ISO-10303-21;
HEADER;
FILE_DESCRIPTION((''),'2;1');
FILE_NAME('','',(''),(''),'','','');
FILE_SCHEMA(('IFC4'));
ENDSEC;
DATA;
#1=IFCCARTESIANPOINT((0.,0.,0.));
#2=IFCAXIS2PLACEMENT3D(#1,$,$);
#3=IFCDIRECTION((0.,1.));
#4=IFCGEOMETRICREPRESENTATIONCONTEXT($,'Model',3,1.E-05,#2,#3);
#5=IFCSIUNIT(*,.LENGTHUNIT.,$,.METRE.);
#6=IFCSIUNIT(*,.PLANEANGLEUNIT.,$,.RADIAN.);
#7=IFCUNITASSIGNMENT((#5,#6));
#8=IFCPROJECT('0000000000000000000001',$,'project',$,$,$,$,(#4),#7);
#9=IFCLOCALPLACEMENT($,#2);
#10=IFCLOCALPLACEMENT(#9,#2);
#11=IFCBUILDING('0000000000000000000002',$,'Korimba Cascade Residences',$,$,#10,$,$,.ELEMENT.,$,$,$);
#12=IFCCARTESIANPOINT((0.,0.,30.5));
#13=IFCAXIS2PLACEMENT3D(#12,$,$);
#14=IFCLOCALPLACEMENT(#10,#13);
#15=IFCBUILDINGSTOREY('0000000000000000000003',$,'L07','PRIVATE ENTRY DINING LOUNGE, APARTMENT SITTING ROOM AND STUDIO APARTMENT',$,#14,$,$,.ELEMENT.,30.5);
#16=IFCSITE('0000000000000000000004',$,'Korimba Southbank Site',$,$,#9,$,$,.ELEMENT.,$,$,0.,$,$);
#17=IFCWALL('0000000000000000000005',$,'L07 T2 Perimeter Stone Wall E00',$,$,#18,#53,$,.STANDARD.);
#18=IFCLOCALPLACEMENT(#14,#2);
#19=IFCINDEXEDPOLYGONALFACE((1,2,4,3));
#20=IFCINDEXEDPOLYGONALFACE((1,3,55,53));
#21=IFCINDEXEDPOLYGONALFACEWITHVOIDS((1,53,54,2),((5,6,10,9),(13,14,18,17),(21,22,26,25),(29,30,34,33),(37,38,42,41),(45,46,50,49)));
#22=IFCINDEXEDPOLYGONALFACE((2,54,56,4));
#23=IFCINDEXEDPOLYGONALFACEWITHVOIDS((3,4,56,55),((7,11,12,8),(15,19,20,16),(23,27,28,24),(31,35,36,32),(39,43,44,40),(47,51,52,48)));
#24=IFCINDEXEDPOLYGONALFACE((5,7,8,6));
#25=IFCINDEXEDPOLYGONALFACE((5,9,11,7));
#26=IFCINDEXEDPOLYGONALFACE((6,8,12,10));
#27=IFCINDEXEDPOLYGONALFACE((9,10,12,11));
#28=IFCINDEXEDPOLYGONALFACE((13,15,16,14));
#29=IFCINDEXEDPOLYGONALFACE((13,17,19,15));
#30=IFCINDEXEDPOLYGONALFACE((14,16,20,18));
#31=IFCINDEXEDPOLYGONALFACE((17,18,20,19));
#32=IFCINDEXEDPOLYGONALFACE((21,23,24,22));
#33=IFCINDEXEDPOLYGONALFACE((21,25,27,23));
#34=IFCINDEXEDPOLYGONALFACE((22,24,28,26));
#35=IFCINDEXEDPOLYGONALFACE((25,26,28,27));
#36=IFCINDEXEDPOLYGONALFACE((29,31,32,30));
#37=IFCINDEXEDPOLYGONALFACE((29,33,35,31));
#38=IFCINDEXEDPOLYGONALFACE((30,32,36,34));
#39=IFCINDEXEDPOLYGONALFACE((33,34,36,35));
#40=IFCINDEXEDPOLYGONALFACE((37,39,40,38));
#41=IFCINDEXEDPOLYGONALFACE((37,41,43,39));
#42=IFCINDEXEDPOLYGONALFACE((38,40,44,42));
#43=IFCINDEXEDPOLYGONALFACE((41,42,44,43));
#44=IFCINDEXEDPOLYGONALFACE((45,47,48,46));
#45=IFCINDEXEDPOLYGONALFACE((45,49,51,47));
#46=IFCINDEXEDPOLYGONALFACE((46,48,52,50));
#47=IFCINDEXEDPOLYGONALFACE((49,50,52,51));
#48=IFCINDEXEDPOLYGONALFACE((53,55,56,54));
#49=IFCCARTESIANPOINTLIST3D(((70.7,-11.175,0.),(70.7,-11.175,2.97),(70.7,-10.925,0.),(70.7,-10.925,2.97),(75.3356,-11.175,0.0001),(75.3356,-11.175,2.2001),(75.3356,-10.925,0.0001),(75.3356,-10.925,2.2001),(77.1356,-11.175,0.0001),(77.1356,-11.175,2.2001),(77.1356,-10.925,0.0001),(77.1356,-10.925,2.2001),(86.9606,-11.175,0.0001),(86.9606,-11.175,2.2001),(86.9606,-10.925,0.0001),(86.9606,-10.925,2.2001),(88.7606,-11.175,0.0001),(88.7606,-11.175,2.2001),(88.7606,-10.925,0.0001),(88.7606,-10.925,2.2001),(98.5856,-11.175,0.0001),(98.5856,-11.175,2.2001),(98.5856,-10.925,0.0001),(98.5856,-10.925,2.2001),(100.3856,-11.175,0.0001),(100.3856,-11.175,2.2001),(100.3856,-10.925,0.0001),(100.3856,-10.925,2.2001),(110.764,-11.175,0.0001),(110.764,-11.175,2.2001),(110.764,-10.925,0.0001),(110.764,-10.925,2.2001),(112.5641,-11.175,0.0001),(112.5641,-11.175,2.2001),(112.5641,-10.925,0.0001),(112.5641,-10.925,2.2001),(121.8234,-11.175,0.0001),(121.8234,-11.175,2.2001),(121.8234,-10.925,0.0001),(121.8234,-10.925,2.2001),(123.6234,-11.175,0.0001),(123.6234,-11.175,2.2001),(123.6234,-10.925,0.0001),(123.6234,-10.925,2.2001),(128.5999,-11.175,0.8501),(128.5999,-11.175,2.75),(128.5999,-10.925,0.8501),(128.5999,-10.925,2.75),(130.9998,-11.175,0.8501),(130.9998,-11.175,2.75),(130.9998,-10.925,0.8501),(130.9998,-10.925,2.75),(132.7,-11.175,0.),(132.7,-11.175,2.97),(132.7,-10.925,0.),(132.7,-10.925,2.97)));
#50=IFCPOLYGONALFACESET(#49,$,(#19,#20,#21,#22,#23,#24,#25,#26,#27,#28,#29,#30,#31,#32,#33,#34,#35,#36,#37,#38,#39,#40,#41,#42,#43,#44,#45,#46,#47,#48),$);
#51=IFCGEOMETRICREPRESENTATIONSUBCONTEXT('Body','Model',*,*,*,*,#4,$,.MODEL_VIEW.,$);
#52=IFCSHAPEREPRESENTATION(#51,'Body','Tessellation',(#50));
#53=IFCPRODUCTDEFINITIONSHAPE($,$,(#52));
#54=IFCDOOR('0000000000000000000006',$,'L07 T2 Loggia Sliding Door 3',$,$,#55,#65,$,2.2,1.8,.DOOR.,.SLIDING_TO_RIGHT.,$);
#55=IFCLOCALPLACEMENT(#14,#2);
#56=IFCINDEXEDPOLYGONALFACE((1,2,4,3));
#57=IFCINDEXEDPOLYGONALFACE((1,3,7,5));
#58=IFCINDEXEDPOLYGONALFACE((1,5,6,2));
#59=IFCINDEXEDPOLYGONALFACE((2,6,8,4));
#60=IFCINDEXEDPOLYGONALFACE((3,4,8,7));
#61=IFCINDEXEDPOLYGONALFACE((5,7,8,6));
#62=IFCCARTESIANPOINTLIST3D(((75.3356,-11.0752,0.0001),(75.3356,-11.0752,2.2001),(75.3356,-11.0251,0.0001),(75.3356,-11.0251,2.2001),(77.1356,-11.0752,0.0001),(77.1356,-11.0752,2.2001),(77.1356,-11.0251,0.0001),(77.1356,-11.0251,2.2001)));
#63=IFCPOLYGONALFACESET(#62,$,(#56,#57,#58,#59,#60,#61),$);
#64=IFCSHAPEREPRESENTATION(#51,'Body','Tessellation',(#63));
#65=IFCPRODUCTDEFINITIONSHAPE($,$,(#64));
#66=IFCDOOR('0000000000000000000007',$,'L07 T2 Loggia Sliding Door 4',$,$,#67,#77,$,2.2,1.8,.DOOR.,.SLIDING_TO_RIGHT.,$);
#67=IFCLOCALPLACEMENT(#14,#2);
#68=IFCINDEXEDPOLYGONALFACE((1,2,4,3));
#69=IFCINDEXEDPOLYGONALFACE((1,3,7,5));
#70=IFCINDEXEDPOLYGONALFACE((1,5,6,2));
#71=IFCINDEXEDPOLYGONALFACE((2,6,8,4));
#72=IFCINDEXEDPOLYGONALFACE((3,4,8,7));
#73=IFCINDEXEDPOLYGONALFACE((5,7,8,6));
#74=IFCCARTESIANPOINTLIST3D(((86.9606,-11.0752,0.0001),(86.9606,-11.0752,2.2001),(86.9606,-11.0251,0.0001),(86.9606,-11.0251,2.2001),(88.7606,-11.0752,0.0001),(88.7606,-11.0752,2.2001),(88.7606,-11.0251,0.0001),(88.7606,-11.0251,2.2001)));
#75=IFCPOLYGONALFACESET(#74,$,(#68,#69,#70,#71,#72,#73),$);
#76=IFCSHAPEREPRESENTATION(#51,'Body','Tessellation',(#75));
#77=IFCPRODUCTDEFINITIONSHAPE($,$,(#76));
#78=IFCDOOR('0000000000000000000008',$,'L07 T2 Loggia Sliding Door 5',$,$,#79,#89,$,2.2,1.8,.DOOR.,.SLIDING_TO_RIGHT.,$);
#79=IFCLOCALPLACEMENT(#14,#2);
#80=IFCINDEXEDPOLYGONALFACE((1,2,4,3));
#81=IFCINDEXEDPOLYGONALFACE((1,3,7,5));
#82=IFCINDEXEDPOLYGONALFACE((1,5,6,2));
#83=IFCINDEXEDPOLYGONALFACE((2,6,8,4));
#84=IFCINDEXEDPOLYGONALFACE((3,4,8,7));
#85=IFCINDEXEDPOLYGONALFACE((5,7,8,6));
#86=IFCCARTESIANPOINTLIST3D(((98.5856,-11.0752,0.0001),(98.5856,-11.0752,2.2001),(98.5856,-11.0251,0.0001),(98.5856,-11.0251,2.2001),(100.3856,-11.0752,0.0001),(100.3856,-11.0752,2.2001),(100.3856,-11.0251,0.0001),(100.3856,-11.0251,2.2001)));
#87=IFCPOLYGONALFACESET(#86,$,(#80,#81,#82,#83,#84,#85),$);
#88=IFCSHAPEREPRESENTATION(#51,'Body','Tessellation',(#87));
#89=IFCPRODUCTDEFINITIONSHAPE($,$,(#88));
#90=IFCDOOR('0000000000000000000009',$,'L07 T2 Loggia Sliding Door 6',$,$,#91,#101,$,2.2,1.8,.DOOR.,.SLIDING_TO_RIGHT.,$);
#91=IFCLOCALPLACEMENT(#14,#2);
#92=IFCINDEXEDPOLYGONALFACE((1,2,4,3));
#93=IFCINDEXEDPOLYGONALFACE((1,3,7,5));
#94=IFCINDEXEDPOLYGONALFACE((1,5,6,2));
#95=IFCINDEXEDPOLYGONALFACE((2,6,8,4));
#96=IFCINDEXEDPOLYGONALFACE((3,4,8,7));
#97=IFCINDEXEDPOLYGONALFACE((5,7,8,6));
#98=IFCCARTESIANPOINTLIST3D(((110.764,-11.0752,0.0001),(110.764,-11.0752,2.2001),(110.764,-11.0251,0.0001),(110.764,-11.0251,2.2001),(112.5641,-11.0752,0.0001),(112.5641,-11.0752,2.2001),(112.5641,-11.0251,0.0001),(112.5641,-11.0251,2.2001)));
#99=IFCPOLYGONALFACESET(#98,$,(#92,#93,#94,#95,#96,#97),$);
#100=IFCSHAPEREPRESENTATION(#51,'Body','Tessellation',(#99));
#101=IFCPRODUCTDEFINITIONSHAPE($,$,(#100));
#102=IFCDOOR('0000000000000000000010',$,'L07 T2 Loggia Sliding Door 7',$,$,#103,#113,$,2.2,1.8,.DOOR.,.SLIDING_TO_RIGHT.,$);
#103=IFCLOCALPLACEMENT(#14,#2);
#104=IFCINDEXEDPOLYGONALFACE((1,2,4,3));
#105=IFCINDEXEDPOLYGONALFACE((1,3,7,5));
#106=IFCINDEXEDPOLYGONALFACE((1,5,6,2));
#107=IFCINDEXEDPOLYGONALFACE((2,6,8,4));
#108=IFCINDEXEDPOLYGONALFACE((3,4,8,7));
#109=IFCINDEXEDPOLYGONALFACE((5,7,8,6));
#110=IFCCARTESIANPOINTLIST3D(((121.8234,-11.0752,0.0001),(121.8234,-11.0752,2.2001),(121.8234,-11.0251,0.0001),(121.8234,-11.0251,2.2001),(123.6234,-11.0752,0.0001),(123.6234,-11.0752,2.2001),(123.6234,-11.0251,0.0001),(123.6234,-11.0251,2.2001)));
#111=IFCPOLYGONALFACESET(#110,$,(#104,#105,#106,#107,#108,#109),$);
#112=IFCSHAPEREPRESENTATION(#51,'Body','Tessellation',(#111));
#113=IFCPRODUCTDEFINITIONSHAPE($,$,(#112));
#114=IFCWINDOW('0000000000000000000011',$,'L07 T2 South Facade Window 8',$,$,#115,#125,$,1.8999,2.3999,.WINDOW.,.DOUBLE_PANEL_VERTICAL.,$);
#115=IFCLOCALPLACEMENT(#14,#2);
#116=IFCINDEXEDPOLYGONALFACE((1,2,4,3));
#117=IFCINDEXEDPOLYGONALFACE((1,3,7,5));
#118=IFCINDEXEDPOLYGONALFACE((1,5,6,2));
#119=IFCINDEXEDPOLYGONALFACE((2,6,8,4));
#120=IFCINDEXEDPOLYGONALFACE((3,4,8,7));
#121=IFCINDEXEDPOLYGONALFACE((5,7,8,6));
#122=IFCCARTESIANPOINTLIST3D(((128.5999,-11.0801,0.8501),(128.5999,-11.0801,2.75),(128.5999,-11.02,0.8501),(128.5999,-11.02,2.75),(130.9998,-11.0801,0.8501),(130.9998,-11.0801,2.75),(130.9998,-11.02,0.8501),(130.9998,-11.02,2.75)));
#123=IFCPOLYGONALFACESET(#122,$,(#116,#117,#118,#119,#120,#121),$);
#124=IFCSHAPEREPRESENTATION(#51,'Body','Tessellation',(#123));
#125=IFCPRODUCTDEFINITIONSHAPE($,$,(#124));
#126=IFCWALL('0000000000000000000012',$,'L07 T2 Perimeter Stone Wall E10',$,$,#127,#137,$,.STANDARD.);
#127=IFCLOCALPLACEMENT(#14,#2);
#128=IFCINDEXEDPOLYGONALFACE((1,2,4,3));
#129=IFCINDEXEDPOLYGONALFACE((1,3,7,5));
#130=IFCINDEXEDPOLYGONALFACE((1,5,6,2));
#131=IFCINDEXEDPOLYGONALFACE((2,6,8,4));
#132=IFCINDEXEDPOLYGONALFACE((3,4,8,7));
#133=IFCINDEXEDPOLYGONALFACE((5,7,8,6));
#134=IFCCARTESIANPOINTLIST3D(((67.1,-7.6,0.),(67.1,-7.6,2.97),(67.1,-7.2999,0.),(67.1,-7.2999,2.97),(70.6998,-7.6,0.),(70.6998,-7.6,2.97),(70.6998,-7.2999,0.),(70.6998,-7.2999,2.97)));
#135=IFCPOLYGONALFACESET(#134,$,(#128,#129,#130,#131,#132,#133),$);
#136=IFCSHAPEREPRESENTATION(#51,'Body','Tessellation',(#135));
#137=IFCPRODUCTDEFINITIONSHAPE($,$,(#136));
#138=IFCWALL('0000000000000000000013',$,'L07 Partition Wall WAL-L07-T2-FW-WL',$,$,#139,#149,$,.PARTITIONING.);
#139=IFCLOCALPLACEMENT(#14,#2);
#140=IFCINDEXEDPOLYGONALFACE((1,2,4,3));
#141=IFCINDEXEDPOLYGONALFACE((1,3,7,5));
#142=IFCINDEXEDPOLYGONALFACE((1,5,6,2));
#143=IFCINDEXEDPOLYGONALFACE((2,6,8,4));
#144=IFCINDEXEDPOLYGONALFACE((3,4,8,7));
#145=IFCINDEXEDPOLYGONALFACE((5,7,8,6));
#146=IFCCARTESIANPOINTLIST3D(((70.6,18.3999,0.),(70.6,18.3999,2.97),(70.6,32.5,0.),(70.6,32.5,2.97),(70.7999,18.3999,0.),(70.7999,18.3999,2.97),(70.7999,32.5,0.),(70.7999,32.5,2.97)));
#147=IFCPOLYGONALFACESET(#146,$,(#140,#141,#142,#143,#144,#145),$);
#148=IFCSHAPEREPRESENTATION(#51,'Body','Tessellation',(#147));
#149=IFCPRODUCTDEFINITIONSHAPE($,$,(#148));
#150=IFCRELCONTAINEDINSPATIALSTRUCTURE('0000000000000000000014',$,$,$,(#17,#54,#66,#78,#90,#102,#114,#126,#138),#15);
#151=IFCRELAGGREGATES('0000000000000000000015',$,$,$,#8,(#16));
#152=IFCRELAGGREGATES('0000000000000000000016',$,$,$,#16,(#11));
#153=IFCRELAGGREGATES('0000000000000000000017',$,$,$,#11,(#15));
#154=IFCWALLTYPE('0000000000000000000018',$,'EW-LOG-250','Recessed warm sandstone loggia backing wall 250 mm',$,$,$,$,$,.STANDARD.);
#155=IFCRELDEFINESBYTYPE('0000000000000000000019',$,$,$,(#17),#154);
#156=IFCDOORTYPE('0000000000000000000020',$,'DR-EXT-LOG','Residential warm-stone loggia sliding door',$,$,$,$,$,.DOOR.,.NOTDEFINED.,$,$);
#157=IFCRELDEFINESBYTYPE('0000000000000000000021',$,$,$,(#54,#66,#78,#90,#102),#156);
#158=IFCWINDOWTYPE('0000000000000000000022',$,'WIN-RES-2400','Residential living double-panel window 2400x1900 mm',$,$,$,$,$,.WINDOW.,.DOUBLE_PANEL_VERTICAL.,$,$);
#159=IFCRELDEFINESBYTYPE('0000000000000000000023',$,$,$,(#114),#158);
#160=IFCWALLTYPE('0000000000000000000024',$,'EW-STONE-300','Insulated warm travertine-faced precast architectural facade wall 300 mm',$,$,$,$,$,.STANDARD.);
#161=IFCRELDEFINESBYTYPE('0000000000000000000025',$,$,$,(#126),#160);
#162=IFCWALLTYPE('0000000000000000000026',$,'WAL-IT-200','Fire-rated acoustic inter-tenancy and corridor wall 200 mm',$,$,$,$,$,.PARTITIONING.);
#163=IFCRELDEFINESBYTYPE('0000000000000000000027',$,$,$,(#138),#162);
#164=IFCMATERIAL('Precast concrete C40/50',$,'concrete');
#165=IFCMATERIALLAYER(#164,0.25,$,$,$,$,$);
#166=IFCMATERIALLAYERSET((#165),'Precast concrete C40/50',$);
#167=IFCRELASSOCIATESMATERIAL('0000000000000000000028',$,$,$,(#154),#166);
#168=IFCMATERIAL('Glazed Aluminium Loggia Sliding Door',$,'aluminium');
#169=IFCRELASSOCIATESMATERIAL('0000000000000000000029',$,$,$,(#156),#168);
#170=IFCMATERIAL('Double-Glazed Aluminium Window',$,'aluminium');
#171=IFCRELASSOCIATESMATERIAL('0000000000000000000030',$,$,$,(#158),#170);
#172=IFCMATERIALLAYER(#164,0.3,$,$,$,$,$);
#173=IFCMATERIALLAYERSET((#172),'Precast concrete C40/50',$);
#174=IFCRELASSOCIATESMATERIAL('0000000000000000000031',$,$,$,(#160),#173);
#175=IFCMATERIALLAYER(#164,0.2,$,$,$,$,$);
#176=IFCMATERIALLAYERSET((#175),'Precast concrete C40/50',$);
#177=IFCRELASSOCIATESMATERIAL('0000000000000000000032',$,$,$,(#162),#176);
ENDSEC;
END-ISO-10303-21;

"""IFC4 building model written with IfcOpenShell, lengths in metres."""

from ifc_helpers import new_model, si_unit, direction, frame, frame_2d, origin, place, context, subcontext, project, spatial, rectangle, extrude, material, layer, layer_set, type_object, element, fill, save


model = new_model("IFC4")

# Units and contexts
model_context = context("Model", 3, precision=1e-05, world=origin(), true_north=direction((0.0, 1.0)))
body_context = subcontext(model_context, "Body", "Model", "MODEL_VIEW")
ifc_project = project(units=[si_unit("LENGTHUNIT", "METRE"), si_unit("PLANEANGLEUNIT", "RADIAN")], contexts=[model_context])

# Site, building, storey
site_placement = place(None, origin())
site = spatial("IfcSite", under=ifc_project, at=site_placement, Name="Korimba Southbank Site", CompositionType="ELEMENT", RefElevation=0.0)
building_placement = place(site_placement, origin())
building = spatial("IfcBuilding", under=site, at=building_placement, Name="Korimba Cascade Residences", CompositionType="ELEMENT")
storey_placement = place(building_placement, frame((0.0, 0.0, 30.5)))
storey = spatial("IfcBuildingStorey", under=building, at=storey_placement, Name="L07", Description="PRIVATE ENTRY DINING LOUNGE, APARTMENT SITTING ROOM AND STUDIO APARTMENT", CompositionType="ELEMENT", Elevation=30.5)

# Wall, openings, doors, window
ifc_material_1 = material(Name="Precast concrete C40/50", Category="concrete")
ifc_layer_1 = layer(ifc_material_1, 0.25)
ifc_layer_set_1 = layer_set([ifc_layer_1], Name="Precast concrete C40/50")
wall_type_1 = type_object("IfcWallType", Name="EW-LOG-250", Description="Recessed warm sandstone loggia backing wall 250 mm", PredefinedType="STANDARD", material=ifc_layer_set_1)
wall_1_placement = place(storey_placement, frame((70.7, -11.05, 0.0), z_axis=(0.0, 0.0, 1.0), x_axis=(1.0, 0.0, 0.0)))
wall_1 = element("IfcWall", 1, at=wall_1_placement, inside=storey, type_object=wall_type_1, Name="L07 T2 Perimeter Stone Wall E00", PredefinedType="STANDARD", context=body_context, shape_type="SweptSolid", body=[
    extrude(rectangle(XDim=62.0, YDim=0.25, at=frame_2d((31.0, 0.0))), origin(), (0.0, 0.0, 1.0), 2.97),
])
opening_1_placement = place(wall_1_placement, frame((4.6357, 0.0, 0.0)))
opening_1 = element("IfcOpeningElement", 2, at=opening_1_placement, cuts=wall_1, PredefinedType="OPENING", context=body_context, shape_type="SweptSolid", body=[
    extrude(rectangle(XDim=1.8, YDim=2.2, at=frame_2d((0.8999, 1.1001))), frame((0.0, 0.135, 0.0), z_axis=(0.0, -1.0, 0.0), x_axis=(1.0, 0.0, 0.0)), (0.0, 0.0, 1.0), 0.27),
])
opening_2_placement = place(wall_1_placement, frame((16.2607, 0.0, 0.0)))
opening_2 = element("IfcOpeningElement", 3, at=opening_2_placement, cuts=wall_1, PredefinedType="OPENING", context=body_context, shape_type="SweptSolid", body=[
    extrude(rectangle(XDim=1.8, YDim=2.2, at=frame_2d((0.8999, 1.1001))), frame((0.0, 0.135, 0.0), z_axis=(0.0, -1.0, 0.0), x_axis=(1.0, 0.0, 0.0)), (0.0, 0.0, 1.0), 0.27),
])
opening_3_placement = place(wall_1_placement, frame((27.8857, 0.0, 0.0)))
opening_3 = element("IfcOpeningElement", 4, at=opening_3_placement, cuts=wall_1, PredefinedType="OPENING", context=body_context, shape_type="SweptSolid", body=[
    extrude(rectangle(XDim=1.8, YDim=2.2, at=frame_2d((0.8999, 1.1001))), frame((0.0, 0.135, 0.0), z_axis=(0.0, -1.0, 0.0), x_axis=(1.0, 0.0, 0.0)), (0.0, 0.0, 1.0), 0.27),
])
opening_4_placement = place(wall_1_placement, frame((40.0642, 0.0, 0.0)))
opening_4 = element("IfcOpeningElement", 5, at=opening_4_placement, cuts=wall_1, PredefinedType="OPENING", context=body_context, shape_type="SweptSolid", body=[
    extrude(rectangle(XDim=1.8, YDim=2.2, at=frame_2d((0.8999, 1.1001))), frame((0.0, 0.135, 0.0), z_axis=(0.0, -1.0, 0.0), x_axis=(1.0, 0.0, 0.0)), (0.0, 0.0, 1.0), 0.27),
])
opening_5_placement = place(wall_1_placement, frame((51.1235, 0.0, 0.0)))
opening_5 = element("IfcOpeningElement", 6, at=opening_5_placement, cuts=wall_1, PredefinedType="OPENING", context=body_context, shape_type="SweptSolid", body=[
    extrude(rectangle(XDim=1.8, YDim=2.2, at=frame_2d((0.8999, 1.1001))), frame((0.0, 0.135, 0.0), z_axis=(0.0, -1.0, 0.0), x_axis=(1.0, 0.0, 0.0)), (0.0, 0.0, 1.0), 0.27),
])
opening_6_placement = place(wall_1_placement, frame((57.8999, 0.0, 0.8501)))
opening_6 = element("IfcOpeningElement", 7, at=opening_6_placement, cuts=wall_1, PredefinedType="OPENING", context=body_context, shape_type="SweptSolid", body=[
    extrude(rectangle(XDim=2.3999, YDim=1.8999, at=frame_2d((1.2, 0.95))), frame((0.0, 0.135, 0.0), z_axis=(0.0, -1.0, 0.0), x_axis=(1.0, 0.0, 0.0)), (0.0, 0.0, 1.0), 0.27),
])
ifc_material_2 = material(Name="Glazed Aluminium Loggia Sliding Door", Category="aluminium")
door_type_1 = type_object("IfcDoorType", Name="DR-EXT-LOG", Description="Residential warm-stone loggia sliding door", OperationType="NOTDEFINED", PredefinedType="DOOR", material=ifc_material_2)
door_1_placement = place(opening_1_placement, origin())
door_1 = element("IfcDoor", 8, at=door_1_placement, inside=storey, type_object=door_type_1, Name="L07 T2 Loggia Sliding Door 3", OperationType="SLIDING_TO_RIGHT", OverallHeight=2.2, OverallWidth=1.8, PredefinedType="DOOR", context=body_context, shape_type="SweptSolid", body=[
    extrude(rectangle(XDim=1.8, YDim=2.2, at=frame_2d((0.8999, 1.1001))), frame((0.0, 0.0249, 0.0), z_axis=(0.0, -1.0, 0.0), x_axis=(1.0, 0.0, 0.0)), (0.0, 0.0, 1.0), 0.05),
])
fill(opening_1, door_1)
door_2_placement = place(opening_2_placement, origin())
door_2 = element("IfcDoor", 9, at=door_2_placement, inside=storey, type_object=door_type_1, Name="L07 T2 Loggia Sliding Door 4", OperationType="SLIDING_TO_RIGHT", OverallHeight=2.2, OverallWidth=1.8, PredefinedType="DOOR", context=body_context, shape_type="SweptSolid", body=[
    extrude(rectangle(XDim=1.8, YDim=2.2, at=frame_2d((0.8999, 1.1001))), frame((0.0, 0.0249, 0.0), z_axis=(0.0, -1.0, 0.0), x_axis=(1.0, 0.0, 0.0)), (0.0, 0.0, 1.0), 0.05),
])
fill(opening_2, door_2)
door_3_placement = place(opening_3_placement, origin())
door_3 = element("IfcDoor", 10, at=door_3_placement, inside=storey, type_object=door_type_1, Name="L07 T2 Loggia Sliding Door 5", OperationType="SLIDING_TO_RIGHT", OverallHeight=2.2, OverallWidth=1.8, PredefinedType="DOOR", context=body_context, shape_type="SweptSolid", body=[
    extrude(rectangle(XDim=1.8, YDim=2.2, at=frame_2d((0.8999, 1.1001))), frame((0.0, 0.0249, 0.0), z_axis=(0.0, -1.0, 0.0), x_axis=(1.0, 0.0, 0.0)), (0.0, 0.0, 1.0), 0.05),
])
fill(opening_3, door_3)
door_4_placement = place(opening_4_placement, origin())
door_4 = element("IfcDoor", 11, at=door_4_placement, inside=storey, type_object=door_type_1, Name="L07 T2 Loggia Sliding Door 6", OperationType="SLIDING_TO_RIGHT", OverallHeight=2.2, OverallWidth=1.8, PredefinedType="DOOR", context=body_context, shape_type="SweptSolid", body=[
    extrude(rectangle(XDim=1.8, YDim=2.2, at=frame_2d((0.8999, 1.1001))), frame((0.0, 0.0249, 0.0), z_axis=(0.0, -1.0, 0.0), x_axis=(1.0, 0.0, 0.0)), (0.0, 0.0, 1.0), 0.05),
])
fill(opening_4, door_4)
door_5_placement = place(opening_5_placement, origin())
door_5 = element("IfcDoor", 12, at=door_5_placement, inside=storey, type_object=door_type_1, Name="L07 T2 Loggia Sliding Door 7", OperationType="SLIDING_TO_RIGHT", OverallHeight=2.2, OverallWidth=1.8, PredefinedType="DOOR", context=body_context, shape_type="SweptSolid", body=[
    extrude(rectangle(XDim=1.8, YDim=2.2, at=frame_2d((0.8999, 1.1001))), frame((0.0, 0.0249, 0.0), z_axis=(0.0, -1.0, 0.0), x_axis=(1.0, 0.0, 0.0)), (0.0, 0.0, 1.0), 0.05),
])
fill(opening_5, door_5)
ifc_material_3 = material(Name="Double-Glazed Aluminium Window", Category="aluminium")
window_type = type_object("IfcWindowType", Name="WIN-RES-2400", Description="Residential living double-panel window 2400x1900 mm", PartitioningType="DOUBLE_PANEL_VERTICAL", PredefinedType="WINDOW", material=ifc_material_3)
window_placement = place(opening_6_placement, origin())
window = element("IfcWindow", 13, at=window_placement, inside=storey, type_object=window_type, Name="L07 T2 South Facade Window 8", OverallHeight=1.8999, OverallWidth=2.3999, PartitioningType="DOUBLE_PANEL_VERTICAL", PredefinedType="WINDOW", context=body_context, shape_type="SweptSolid", body=[
    extrude(rectangle(XDim=2.3999, YDim=1.8999, at=frame_2d((1.2, 0.95))), frame((0.0, 0.03, 0.0), z_axis=(0.0, -1.0, 0.0), x_axis=(1.0, 0.0, 0.0)), (0.0, 0.0, 1.0), 0.0601),
])
fill(opening_6, window)

# Walls
ifc_layer_2 = layer(ifc_material_1, 0.3)
ifc_layer_set_2 = layer_set([ifc_layer_2], Name="Precast concrete C40/50")
wall_type_2 = type_object("IfcWallType", Name="EW-STONE-300", Description="Insulated warm travertine-faced precast architectural facade wall 300 mm", PredefinedType="STANDARD", material=ifc_layer_set_2)
wall_2_placement = place(storey_placement, frame((67.1001, -7.45, 0.0), z_axis=(0.0, 0.0, 1.0), x_axis=(1.0, 0.0, 0.0)))
element("IfcWall", 14, at=wall_2_placement, inside=storey, type_object=wall_type_2, Name="L07 T2 Perimeter Stone Wall E10", PredefinedType="STANDARD", context=body_context, shape_type="SweptSolid", body=[
    extrude(rectangle(XDim=3.5999, YDim=0.3, at=frame_2d((1.7998, 0.0))), origin(), (0.0, 0.0, 1.0), 2.97),
])
ifc_layer_3 = layer(ifc_material_1, 0.2)
ifc_layer_set_3 = layer_set([ifc_layer_3], Name="Precast concrete C40/50")
wall_type_3 = type_object("IfcWallType", Name="WAL-IT-200", Description="Fire-rated acoustic inter-tenancy and corridor wall 200 mm", PredefinedType="PARTITIONING", material=ifc_layer_set_3)
wall_3_placement = place(storey_placement, frame((70.7, 18.3999, 0.0), z_axis=(0.0, 0.0, 1.0), x_axis=(0.0, 1.0, 0.0)))
element("IfcWall", 15, at=wall_3_placement, inside=storey, type_object=wall_type_3, Name="L07 Partition Wall WAL-L07-T2-FW-WL", PredefinedType="PARTITIONING", context=body_context, shape_type="SweptSolid", body=[
    extrude(rectangle(XDim=14.1001, YDim=0.2, at=frame_2d((7.05, 0.0))), origin(), (0.0, 0.0, 1.0), 2.97),
])

save(model, "model.ifc")
